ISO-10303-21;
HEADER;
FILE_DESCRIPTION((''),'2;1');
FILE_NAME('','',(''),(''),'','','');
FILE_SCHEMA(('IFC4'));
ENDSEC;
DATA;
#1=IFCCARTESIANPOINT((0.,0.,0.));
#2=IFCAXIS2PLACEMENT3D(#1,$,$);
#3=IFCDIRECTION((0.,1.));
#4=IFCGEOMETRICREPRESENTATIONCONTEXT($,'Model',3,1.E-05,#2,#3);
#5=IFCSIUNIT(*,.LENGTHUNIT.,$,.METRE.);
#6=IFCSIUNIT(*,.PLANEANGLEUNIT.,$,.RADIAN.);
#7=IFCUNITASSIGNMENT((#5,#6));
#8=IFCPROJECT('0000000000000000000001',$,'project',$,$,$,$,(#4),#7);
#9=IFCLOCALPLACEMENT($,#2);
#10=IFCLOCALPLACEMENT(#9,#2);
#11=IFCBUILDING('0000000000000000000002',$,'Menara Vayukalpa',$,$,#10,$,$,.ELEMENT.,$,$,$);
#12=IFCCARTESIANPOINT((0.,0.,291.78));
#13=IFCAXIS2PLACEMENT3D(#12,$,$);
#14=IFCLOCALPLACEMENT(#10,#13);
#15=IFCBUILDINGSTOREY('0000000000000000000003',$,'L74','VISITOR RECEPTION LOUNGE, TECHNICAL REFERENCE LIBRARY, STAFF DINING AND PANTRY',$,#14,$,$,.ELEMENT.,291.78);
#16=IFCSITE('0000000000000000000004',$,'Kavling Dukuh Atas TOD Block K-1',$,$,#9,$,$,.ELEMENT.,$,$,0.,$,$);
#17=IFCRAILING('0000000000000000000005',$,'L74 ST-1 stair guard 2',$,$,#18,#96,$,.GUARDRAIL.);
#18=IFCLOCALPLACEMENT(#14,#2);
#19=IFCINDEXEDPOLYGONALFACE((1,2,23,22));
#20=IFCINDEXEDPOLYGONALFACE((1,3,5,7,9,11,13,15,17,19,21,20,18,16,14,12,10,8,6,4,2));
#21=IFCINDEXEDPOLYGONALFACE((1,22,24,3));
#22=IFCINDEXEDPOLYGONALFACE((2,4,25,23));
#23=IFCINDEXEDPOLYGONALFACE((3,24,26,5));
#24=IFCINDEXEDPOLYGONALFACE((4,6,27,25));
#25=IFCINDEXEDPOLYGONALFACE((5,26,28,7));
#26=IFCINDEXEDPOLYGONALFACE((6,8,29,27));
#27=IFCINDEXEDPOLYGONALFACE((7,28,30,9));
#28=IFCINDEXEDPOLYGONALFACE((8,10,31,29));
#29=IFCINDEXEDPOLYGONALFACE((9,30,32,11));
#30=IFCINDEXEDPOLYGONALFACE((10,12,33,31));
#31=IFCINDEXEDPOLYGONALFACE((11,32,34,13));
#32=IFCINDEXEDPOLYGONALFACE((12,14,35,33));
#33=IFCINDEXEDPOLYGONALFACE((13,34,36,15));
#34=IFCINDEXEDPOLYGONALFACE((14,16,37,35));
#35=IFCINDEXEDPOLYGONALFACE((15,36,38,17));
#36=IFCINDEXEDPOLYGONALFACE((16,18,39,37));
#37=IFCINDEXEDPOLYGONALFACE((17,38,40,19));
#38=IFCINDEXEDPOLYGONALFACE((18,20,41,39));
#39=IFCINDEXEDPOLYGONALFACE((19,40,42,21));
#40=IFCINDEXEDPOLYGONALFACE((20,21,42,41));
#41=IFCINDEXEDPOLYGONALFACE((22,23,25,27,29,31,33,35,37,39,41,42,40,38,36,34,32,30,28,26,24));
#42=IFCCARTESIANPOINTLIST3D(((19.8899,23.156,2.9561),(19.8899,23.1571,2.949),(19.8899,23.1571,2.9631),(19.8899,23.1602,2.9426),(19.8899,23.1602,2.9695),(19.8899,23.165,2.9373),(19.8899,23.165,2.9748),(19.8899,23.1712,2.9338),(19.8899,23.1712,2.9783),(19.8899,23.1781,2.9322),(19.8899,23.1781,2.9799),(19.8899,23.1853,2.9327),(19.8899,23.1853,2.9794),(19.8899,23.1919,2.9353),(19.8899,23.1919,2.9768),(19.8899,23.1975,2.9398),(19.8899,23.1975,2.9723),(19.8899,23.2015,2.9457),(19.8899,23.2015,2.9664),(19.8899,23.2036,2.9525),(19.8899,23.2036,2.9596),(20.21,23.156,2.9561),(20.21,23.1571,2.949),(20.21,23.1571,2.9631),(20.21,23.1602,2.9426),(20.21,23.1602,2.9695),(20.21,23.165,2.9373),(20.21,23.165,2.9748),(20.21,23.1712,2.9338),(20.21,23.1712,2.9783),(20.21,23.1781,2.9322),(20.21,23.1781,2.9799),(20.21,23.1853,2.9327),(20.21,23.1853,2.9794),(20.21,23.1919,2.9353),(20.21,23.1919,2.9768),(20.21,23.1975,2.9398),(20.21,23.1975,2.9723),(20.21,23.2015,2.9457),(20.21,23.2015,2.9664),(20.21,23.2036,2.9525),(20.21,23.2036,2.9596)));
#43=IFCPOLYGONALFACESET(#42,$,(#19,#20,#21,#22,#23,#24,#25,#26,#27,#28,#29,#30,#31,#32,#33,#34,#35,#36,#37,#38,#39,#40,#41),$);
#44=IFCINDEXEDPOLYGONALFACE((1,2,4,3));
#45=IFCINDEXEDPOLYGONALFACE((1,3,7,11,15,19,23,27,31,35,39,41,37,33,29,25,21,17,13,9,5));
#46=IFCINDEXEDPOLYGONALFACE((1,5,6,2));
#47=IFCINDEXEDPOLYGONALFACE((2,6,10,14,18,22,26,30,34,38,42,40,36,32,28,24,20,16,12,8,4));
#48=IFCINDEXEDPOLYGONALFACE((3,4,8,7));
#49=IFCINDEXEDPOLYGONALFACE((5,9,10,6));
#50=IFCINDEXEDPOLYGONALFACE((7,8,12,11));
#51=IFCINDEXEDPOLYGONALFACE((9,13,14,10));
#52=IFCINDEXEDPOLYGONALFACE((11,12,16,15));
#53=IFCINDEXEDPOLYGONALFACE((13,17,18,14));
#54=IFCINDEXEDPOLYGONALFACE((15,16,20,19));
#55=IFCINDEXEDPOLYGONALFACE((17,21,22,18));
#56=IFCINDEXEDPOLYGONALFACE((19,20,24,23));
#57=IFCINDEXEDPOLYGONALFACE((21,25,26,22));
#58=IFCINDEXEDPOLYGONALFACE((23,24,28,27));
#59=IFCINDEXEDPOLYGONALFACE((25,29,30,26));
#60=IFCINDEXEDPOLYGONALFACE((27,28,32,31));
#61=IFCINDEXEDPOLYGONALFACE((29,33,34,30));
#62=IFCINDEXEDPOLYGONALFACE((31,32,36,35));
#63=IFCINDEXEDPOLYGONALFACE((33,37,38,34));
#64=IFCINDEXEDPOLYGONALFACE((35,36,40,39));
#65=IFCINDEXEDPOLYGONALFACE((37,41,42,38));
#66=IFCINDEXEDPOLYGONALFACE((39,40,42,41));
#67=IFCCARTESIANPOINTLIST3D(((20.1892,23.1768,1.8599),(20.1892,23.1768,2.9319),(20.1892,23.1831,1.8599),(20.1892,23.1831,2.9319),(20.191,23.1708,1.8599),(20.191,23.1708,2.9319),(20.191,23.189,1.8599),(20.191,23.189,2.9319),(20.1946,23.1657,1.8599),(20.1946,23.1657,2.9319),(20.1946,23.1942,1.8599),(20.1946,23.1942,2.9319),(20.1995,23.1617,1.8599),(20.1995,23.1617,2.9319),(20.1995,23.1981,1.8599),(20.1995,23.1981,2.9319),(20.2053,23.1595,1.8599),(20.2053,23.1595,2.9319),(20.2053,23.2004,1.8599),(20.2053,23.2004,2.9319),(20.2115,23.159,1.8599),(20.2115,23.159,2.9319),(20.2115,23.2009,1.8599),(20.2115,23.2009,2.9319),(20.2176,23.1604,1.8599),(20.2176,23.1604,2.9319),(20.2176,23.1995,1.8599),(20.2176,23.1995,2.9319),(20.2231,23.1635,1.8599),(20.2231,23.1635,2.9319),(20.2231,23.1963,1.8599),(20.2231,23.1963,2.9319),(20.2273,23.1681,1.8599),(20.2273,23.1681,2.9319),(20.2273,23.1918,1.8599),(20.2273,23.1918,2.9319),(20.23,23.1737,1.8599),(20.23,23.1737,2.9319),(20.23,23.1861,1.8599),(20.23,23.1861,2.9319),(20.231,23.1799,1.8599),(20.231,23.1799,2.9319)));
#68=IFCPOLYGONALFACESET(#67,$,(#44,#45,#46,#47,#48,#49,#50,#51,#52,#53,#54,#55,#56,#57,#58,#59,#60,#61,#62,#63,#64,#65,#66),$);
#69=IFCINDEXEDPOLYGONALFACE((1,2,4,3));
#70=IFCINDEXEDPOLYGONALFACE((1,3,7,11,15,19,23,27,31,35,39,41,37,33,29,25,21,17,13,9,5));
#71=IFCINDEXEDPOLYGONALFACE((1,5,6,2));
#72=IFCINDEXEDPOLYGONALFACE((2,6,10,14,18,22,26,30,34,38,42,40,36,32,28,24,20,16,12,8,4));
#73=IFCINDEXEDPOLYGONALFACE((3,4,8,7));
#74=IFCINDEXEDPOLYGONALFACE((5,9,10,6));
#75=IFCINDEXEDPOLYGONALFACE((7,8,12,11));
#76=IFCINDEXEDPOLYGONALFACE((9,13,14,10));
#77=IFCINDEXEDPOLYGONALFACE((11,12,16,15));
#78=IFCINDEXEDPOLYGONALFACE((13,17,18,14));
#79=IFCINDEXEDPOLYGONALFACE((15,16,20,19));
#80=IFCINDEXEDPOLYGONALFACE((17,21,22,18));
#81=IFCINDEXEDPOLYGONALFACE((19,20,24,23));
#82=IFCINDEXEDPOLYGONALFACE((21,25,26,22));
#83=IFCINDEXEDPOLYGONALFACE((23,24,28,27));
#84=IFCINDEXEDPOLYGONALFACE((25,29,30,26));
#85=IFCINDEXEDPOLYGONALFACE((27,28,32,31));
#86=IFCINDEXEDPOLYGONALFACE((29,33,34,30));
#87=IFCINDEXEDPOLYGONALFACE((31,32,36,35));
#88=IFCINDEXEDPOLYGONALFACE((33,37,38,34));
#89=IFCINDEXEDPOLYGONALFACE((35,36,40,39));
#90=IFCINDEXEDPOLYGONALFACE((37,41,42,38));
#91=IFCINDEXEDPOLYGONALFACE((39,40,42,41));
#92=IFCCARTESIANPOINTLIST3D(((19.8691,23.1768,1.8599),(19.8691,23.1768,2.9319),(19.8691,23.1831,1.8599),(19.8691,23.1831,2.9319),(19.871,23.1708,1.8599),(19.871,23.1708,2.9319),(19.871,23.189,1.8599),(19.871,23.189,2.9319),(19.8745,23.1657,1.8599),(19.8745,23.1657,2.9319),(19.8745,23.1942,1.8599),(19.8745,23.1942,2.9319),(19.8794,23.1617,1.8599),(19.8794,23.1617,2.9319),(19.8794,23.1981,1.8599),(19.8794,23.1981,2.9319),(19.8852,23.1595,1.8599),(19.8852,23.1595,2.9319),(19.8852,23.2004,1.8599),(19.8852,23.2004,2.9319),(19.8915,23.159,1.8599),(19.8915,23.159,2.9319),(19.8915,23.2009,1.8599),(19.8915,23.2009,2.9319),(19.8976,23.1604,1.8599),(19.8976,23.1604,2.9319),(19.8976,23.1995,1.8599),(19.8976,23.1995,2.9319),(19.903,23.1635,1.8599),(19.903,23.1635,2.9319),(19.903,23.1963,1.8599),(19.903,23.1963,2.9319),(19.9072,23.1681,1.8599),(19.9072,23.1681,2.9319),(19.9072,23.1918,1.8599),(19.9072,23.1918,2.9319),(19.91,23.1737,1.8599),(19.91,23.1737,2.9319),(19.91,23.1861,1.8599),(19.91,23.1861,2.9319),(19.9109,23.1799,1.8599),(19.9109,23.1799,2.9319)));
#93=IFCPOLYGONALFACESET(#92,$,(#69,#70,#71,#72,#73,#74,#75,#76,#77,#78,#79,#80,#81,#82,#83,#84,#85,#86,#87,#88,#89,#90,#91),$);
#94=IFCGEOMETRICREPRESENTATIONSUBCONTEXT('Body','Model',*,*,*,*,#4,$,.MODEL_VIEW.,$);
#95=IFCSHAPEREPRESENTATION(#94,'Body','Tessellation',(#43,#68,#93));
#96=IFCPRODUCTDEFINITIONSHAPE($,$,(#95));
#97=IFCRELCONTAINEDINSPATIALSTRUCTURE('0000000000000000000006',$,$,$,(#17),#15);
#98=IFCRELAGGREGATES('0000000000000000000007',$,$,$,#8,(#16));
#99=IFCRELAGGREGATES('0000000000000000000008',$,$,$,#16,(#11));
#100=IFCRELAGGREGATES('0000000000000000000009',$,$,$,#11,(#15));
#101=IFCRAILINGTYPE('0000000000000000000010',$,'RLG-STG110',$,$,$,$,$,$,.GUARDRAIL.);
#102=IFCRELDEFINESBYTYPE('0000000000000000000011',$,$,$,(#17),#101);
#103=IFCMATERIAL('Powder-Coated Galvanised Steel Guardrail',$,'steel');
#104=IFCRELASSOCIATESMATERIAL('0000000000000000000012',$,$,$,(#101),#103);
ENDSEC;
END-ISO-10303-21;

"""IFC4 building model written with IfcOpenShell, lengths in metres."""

from ifc_helpers import new_model, si_unit, direction, frame, origin, origin_2d, place, context, subcontext, project, spatial, circle, extrude, material, type_object, element, save


model = new_model("IFC4")

# Units and contexts
model_context = context("Model", 3, precision=1e-05, world=origin(), true_north=direction((0.0, 1.0)))
body_context = subcontext(model_context, "Body", "Model", "MODEL_VIEW")
ifc_project = project(units=[si_unit("LENGTHUNIT", "METRE"), si_unit("PLANEANGLEUNIT", "RADIAN")], contexts=[model_context])

# Site, building, storey
site_placement = place(None, origin())
site = spatial("IfcSite", under=ifc_project, at=site_placement, Name="Kavling Dukuh Atas TOD Block K-1", CompositionType="ELEMENT", RefElevation=0.0)
building_placement = place(site_placement, origin())
building = spatial("IfcBuilding", under=site, at=building_placement, Name="Menara Vayukalpa", CompositionType="ELEMENT")
storey_placement = place(building_placement, frame((0.0, 0.0, 291.78)))
storey = spatial("IfcBuildingStorey", under=building, at=storey_placement, Name="L74", Description="VISITOR RECEPTION LOUNGE, TECHNICAL REFERENCE LIBRARY, STAFF DINING AND PANTRY", CompositionType="ELEMENT", Elevation=291.78)

# Railing
ifc_material_1 = material(Name="Powder-Coated Galvanised Steel Guardrail", Category="steel")
railing_type_1 = type_object("IfcRailingType", Name="RLG-STG110", PredefinedType="GUARDRAIL", material=ifc_material_1)
railing_1_placement = place(storey_placement, frame((20.21, 23.1799, 1.8599)))
element("IfcRailing", 1, at=railing_1_placement, inside=storey, type_object=railing_type_1, Name="L74 ST-1 stair guard 2", PredefinedType="GUARDRAIL", context=body_context, shape_type="SweptSolid", body=[
    extrude(circle(Radius=0.0239, at=origin_2d()), frame((0.0, 0.0, 1.0962), z_axis=(-1.0, 0.0, 0.0), x_axis=(0.0, -1.0, 0.0)), (0.0, 0.0, 1.0), 0.3201),
    extrude(circle(Radius=0.021, at=origin_2d()), origin(), (0.0, 0.0, 1.0), 1.072),
    extrude(circle(Radius=0.021, at=origin_2d()), frame((-0.3201, 0.0, 0.0)), (0.0, 0.0, 1.0), 1.072),
])

save(model, "model.ifc")
